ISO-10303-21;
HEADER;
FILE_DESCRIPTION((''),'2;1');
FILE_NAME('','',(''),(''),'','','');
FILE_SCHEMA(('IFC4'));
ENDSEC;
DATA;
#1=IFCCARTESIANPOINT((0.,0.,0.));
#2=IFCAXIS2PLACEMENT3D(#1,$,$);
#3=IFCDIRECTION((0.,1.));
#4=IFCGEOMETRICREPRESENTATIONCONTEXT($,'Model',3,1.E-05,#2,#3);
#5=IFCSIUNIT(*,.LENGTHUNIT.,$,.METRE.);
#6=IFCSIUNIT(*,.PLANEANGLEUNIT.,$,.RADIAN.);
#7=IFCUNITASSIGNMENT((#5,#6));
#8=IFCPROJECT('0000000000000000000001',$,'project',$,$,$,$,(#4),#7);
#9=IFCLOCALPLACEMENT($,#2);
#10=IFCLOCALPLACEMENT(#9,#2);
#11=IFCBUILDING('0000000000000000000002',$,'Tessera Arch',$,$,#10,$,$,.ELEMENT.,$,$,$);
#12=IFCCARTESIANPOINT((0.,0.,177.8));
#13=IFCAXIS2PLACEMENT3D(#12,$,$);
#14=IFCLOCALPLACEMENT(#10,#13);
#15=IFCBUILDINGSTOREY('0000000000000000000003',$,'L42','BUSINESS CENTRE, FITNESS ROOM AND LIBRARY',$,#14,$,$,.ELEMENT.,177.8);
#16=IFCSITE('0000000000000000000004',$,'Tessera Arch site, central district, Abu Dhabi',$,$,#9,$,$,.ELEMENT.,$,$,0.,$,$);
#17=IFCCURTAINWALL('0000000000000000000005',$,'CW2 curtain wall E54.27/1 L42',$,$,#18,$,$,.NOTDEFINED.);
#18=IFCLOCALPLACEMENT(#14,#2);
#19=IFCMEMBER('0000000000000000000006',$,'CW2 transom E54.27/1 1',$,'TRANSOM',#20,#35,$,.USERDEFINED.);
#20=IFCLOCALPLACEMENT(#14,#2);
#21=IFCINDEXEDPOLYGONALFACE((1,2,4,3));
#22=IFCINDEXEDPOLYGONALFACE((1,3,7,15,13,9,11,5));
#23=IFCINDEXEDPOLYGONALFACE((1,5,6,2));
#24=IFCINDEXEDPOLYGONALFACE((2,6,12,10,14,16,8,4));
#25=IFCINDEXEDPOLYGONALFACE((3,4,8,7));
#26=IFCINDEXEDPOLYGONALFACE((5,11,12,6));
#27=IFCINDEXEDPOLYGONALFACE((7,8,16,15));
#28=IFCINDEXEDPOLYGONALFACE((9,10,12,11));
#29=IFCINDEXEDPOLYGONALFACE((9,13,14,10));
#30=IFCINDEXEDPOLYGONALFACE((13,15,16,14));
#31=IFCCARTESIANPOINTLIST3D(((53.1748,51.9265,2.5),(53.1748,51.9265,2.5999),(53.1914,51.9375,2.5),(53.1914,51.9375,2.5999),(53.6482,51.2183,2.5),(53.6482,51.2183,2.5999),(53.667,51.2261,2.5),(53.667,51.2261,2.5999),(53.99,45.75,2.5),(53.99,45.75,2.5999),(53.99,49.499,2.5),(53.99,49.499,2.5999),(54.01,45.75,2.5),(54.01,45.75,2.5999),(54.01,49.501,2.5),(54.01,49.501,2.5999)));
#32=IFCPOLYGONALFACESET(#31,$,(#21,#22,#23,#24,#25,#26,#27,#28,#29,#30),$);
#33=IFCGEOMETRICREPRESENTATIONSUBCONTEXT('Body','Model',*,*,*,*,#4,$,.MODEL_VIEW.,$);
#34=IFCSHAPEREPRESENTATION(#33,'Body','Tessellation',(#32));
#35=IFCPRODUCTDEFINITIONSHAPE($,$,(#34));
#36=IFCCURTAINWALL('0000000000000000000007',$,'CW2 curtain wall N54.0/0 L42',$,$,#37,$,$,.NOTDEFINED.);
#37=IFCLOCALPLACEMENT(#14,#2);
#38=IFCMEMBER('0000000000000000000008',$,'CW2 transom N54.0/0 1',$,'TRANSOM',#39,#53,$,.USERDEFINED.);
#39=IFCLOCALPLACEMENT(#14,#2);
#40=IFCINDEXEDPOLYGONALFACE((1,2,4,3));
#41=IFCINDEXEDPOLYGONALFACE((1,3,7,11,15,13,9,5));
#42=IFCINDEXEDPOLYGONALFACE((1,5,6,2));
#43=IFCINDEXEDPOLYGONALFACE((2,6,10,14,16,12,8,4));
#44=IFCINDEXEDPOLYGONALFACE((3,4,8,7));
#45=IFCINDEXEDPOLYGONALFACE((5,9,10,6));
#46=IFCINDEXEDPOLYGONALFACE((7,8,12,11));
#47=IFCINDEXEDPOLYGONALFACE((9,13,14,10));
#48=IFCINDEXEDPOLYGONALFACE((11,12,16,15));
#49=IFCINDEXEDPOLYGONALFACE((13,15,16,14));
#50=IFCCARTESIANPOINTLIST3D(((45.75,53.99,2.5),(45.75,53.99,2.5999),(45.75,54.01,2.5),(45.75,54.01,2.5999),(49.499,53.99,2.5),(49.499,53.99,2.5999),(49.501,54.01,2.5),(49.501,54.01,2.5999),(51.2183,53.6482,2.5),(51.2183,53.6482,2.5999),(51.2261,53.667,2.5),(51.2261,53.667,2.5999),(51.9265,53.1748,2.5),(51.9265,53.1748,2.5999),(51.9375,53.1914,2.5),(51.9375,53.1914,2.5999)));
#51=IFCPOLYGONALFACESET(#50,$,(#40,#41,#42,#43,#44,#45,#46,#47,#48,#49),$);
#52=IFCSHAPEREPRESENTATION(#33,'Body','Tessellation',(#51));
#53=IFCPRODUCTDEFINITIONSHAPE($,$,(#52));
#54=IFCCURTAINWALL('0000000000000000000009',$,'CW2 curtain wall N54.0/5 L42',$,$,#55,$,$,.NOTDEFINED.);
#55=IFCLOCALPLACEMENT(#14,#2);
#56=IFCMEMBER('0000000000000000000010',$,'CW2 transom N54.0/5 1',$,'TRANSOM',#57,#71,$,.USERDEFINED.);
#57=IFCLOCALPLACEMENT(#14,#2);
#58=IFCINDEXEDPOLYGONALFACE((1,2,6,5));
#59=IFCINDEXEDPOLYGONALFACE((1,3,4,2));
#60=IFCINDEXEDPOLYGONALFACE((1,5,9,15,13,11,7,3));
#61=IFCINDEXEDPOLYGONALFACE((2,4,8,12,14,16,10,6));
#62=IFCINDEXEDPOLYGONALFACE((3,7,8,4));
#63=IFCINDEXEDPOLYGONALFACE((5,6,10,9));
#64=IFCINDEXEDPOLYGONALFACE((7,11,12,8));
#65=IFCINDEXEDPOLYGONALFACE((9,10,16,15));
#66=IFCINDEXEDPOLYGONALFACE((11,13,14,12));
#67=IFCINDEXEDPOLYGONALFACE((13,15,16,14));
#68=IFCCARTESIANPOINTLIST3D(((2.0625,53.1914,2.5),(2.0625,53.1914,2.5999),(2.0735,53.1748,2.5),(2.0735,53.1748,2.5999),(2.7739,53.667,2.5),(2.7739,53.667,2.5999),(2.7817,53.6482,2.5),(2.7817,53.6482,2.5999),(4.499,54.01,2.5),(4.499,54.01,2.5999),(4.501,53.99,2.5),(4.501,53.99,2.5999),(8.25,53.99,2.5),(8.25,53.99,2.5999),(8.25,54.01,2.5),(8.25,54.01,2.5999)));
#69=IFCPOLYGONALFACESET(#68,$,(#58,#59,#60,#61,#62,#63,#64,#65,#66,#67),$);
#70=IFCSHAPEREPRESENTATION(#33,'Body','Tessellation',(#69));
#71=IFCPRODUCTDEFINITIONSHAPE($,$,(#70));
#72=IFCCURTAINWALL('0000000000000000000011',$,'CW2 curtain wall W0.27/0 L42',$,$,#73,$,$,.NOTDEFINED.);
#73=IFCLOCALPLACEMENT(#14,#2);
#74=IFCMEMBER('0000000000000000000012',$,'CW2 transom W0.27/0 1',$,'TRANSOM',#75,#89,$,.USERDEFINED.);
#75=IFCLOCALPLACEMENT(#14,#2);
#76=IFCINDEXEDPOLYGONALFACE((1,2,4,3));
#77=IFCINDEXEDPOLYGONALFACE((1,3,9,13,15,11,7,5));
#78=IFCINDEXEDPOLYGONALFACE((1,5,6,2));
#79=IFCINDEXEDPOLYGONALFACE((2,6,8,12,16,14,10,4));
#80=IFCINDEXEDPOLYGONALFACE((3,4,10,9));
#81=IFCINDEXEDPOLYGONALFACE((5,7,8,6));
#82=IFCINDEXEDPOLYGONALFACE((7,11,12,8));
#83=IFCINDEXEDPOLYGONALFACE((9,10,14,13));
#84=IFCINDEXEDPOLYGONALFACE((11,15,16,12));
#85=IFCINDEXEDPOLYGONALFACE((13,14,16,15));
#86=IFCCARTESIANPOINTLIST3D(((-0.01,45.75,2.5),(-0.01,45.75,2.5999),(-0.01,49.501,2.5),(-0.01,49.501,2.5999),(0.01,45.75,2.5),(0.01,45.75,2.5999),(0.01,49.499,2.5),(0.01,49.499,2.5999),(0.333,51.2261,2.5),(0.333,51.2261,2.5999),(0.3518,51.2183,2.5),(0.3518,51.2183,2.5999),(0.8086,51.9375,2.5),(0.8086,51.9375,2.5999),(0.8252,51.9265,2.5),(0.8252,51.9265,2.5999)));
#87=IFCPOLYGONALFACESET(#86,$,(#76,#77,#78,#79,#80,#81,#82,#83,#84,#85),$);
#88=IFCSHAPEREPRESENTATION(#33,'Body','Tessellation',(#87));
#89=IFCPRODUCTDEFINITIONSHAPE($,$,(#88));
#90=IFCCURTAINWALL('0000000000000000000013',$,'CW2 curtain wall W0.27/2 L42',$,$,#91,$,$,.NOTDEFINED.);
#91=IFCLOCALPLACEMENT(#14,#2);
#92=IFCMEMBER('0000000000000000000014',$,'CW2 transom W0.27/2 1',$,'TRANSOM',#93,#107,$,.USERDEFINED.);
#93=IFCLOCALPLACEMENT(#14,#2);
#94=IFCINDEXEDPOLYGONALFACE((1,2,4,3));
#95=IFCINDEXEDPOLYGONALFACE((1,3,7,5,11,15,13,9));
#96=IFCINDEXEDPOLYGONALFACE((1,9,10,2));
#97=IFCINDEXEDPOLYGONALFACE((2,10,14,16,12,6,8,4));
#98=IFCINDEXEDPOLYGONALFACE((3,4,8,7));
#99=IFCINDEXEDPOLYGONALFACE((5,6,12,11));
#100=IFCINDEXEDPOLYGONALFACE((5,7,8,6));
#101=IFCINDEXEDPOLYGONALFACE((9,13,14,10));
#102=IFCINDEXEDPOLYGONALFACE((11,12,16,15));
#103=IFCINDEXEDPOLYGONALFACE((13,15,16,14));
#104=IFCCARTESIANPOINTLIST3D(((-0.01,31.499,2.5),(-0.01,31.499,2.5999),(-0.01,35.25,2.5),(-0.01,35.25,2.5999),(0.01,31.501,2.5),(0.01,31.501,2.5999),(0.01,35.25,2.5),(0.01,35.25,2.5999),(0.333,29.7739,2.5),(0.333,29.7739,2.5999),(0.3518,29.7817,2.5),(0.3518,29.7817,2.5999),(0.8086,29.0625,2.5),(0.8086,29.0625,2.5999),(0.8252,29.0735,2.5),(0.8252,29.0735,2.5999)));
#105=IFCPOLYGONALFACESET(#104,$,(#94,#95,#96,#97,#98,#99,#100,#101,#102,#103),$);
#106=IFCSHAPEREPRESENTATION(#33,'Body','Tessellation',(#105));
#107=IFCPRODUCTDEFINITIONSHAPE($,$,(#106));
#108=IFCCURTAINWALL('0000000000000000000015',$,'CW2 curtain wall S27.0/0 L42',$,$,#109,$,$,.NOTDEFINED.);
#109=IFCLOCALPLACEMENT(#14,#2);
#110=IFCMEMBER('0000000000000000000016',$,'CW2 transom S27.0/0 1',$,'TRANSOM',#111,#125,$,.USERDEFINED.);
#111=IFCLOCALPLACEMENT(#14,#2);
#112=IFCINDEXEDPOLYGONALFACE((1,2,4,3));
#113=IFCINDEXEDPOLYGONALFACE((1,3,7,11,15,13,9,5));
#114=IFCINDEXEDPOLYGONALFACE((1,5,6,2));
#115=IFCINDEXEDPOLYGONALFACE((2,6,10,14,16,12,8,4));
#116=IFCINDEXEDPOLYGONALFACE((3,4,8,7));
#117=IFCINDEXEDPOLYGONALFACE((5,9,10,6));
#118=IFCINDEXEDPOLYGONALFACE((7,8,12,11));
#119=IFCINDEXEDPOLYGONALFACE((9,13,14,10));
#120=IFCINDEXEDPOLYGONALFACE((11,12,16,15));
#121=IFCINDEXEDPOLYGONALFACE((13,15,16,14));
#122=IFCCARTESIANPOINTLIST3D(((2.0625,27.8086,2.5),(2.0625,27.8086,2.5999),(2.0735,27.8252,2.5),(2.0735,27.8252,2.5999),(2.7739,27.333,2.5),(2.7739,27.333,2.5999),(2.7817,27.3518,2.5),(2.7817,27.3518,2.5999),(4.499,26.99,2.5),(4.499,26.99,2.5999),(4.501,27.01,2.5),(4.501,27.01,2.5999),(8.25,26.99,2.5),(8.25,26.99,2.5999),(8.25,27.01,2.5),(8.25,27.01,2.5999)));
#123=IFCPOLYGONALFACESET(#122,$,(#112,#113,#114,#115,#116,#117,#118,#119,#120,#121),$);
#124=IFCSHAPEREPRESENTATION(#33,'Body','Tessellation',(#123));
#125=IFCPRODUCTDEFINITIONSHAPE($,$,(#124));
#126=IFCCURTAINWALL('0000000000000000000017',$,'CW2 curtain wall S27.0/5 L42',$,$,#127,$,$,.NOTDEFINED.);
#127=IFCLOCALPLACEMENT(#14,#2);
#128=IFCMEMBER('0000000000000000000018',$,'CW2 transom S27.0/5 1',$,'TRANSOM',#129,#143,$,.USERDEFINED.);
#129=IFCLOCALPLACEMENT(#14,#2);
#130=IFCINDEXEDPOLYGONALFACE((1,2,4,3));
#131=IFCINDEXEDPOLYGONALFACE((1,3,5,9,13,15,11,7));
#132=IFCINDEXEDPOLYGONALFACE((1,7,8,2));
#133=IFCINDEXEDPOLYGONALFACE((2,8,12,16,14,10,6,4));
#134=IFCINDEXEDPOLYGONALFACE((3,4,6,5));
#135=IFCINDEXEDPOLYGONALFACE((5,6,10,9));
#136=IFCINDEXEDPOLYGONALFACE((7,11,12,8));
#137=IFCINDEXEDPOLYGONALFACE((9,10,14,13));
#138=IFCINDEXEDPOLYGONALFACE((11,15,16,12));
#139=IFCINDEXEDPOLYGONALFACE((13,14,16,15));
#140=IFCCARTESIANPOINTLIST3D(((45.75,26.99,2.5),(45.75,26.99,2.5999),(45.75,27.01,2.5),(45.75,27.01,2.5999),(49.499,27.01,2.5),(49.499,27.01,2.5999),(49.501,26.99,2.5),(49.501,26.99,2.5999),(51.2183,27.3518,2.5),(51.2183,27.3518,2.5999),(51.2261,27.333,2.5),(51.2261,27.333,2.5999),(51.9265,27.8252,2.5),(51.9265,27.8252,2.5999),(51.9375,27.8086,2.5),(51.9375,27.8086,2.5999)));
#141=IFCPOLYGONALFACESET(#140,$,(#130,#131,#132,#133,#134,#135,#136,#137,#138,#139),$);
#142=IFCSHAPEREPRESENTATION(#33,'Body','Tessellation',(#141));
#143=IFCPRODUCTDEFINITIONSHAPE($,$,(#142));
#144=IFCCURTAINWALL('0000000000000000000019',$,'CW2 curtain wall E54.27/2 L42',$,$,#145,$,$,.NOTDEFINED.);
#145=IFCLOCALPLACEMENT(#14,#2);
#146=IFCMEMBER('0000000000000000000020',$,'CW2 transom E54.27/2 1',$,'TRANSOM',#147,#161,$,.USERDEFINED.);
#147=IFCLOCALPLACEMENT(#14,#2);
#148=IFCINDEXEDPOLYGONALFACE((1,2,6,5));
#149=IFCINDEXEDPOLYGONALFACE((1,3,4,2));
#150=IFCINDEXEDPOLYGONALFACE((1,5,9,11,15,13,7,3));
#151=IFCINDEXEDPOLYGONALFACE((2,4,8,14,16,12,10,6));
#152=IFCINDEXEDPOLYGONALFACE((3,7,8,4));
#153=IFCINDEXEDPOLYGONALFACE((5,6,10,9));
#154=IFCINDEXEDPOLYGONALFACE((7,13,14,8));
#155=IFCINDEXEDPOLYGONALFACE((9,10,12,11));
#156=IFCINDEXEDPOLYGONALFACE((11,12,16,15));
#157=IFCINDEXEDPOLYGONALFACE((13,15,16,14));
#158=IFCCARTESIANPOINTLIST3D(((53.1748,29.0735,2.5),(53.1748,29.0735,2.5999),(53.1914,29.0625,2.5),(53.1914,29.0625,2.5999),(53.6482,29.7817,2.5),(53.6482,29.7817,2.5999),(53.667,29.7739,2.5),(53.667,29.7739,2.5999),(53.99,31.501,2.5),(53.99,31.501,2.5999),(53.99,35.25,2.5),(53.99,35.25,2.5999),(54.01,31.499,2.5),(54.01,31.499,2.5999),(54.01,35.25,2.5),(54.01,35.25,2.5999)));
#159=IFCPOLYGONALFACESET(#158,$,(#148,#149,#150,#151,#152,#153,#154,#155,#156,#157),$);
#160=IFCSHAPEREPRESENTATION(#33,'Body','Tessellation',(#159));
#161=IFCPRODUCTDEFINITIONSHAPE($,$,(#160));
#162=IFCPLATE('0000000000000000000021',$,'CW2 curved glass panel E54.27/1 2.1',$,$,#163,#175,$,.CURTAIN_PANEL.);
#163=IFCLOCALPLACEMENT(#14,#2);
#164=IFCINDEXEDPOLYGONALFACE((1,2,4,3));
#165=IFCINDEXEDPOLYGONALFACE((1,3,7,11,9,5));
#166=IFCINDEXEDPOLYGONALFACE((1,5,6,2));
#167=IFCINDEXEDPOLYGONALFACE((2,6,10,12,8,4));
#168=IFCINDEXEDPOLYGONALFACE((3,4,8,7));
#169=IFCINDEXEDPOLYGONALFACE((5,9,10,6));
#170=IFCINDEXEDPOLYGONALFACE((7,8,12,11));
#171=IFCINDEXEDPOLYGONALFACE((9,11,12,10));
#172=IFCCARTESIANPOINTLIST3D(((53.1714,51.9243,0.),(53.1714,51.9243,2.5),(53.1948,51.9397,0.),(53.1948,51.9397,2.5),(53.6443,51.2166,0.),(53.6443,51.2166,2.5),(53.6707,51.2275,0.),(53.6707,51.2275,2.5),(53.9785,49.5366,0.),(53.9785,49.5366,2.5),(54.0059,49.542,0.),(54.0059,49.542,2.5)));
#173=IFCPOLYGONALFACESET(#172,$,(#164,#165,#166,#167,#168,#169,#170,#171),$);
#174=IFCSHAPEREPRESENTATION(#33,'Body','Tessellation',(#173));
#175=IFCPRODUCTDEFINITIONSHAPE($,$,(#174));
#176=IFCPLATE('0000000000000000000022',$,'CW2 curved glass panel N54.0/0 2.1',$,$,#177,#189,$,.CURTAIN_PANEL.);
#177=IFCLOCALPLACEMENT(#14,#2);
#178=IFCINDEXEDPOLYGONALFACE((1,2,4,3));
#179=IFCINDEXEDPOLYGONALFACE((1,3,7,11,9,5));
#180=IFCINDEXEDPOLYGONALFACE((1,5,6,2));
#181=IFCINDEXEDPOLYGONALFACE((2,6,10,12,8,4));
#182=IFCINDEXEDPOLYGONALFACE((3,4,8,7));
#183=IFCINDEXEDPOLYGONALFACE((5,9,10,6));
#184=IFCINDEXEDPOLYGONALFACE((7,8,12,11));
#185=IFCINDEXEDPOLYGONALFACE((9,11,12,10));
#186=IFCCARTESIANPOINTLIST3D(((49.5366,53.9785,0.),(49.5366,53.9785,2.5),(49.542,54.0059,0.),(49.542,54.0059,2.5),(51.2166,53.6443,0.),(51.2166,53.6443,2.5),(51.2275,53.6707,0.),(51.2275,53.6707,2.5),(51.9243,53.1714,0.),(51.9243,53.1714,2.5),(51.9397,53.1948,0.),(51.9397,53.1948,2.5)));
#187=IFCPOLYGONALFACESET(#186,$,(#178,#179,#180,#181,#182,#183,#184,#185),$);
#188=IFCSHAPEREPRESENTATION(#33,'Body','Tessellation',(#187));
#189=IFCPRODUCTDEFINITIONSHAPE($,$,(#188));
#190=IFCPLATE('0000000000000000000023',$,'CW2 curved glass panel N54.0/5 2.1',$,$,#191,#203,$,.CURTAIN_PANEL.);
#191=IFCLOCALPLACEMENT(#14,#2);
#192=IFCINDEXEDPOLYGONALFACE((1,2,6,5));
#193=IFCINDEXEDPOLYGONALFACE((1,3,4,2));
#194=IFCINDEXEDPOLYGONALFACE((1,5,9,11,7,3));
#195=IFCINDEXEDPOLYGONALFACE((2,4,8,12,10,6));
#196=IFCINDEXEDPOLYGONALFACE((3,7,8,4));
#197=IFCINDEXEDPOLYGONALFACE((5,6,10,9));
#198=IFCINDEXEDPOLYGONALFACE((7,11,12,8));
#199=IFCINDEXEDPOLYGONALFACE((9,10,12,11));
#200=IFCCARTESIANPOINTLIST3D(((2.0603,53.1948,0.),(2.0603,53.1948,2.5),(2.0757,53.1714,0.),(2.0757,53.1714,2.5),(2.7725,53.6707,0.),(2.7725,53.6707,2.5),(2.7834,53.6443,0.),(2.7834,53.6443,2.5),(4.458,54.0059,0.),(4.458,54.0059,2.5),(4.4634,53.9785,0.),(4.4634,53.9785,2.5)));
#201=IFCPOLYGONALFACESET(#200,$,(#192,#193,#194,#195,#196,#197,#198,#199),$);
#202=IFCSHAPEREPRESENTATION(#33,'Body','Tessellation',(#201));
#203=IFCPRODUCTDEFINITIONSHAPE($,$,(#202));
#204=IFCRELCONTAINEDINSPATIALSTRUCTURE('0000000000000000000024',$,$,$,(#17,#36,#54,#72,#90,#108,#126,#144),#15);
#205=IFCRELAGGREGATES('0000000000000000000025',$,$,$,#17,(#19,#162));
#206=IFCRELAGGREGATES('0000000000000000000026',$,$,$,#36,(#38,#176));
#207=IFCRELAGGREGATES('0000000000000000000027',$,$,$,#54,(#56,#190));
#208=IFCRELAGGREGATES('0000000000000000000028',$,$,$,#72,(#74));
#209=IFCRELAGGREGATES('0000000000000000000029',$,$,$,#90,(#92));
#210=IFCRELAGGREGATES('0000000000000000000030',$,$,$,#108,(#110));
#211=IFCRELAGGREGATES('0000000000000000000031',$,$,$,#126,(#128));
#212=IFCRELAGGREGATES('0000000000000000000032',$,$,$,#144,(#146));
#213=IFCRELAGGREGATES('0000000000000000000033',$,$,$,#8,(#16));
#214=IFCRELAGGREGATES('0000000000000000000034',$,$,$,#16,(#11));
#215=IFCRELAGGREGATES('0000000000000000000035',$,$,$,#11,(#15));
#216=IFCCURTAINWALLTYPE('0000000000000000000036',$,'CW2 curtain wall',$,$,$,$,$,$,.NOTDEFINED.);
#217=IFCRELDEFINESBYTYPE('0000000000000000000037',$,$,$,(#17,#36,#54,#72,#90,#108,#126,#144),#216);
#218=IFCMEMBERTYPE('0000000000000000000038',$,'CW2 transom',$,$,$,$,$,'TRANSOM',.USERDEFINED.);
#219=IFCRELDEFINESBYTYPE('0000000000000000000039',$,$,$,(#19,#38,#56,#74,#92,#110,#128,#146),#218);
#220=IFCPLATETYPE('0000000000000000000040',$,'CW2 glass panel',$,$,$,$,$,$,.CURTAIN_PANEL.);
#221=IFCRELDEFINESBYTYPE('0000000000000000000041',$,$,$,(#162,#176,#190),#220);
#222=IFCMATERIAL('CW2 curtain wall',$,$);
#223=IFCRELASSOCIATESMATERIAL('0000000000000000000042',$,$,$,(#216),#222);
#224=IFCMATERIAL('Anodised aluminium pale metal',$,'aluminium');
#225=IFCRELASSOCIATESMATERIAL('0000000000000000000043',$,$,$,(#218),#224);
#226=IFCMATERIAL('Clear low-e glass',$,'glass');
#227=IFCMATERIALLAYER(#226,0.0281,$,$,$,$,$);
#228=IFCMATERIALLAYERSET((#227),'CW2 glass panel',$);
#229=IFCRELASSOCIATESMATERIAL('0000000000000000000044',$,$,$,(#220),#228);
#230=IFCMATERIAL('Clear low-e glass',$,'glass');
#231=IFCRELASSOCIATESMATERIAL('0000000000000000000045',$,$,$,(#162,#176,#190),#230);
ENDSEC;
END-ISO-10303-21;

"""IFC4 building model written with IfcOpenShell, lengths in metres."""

from ifc_helpers import new_model, si_unit, direction, frame, origin, origin_2d, place, context, subcontext, project, spatial, polyline, rectangle, outline, extrude, material, layer, layer_set, material_profile, profile_set, type_object, element, aggregate, save


model = new_model("IFC4")

# Units and contexts
model_context = context("Model", 3, precision=1e-05, world=origin(), true_north=direction((0.0, 1.0)))
body_context = subcontext(model_context, "Body", "Model", "MODEL_VIEW")
ifc_project = project(units=[si_unit("LENGTHUNIT", "METRE"), si_unit("PLANEANGLEUNIT", "RADIAN")], contexts=[model_context])

# Site, building, storey
site_placement = place(None, origin())
site = spatial("IfcSite", under=ifc_project, at=site_placement, Name="Tessera Arch site, central district, Abu Dhabi", CompositionType="ELEMENT", RefElevation=0.0)
building_placement = place(site_placement, origin())
building = spatial("IfcBuilding", under=site, at=building_placement, Name="Tessera Arch", CompositionType="ELEMENT")
storey_placement = place(building_placement, frame((0.0, 0.0, 177.8)))
storey = spatial("IfcBuildingStorey", under=building, at=storey_placement, Name="L42", Description="BUSINESS CENTRE, FITNESS ROOM AND LIBRARY", CompositionType="ELEMENT", Elevation=177.8)

# Curtain walls, members
ifc_material_1 = material(Name="CW2 curtain wall")
curtain_wall_type = type_object("IfcCurtainWallType", Name="CW2 curtain wall", PredefinedType="NOTDEFINED", material=ifc_material_1)
curtain_wall_1_placement = place(storey_placement, origin())
curtain_wall_1 = element("IfcCurtainWall", 1, at=curtain_wall_1_placement, inside=storey, type_object=curtain_wall_type, Name="CW2 curtain wall E54.27/1 L42", PredefinedType="NOTDEFINED")
ifc_material_2 = material(Name="Anodised aluminium pale metal", Category="aluminium")
ifc_material_profile = material_profile(ifc_material_2, rectangle(XDim=0.2, YDim=0.1001, at=origin_2d()), Name="AL 200x100")
ifc_profile_set = profile_set([ifc_material_profile], Name="Anodised aluminium pale metal")
member_type = type_object("IfcMemberType", Name="CW2 transom", ElementType="TRANSOM", PredefinedType="USERDEFINED", material=ifc_profile_set)
member_1_placement = place(storey_placement, frame((0.0, 0.0, 2.5)))
member_1 = element("IfcMember", 2, at=member_1_placement, type_object=member_type, Name="CW2 transom E54.27/1 1", ObjectType="TRANSOM", PredefinedType="USERDEFINED", context=body_context, shape_type="SweptSolid", body=[
    extrude(outline(polyline([(53.99, 49.499), (53.99, 45.75), (54.01, 45.75), (54.01, 49.501), (53.667, 51.2261), (53.1914, 51.9375), (53.1748, 51.9265), (53.6482, 51.2183), (53.99, 49.499)])), origin(), (0.0, 0.0, 1.0), 0.0999),
])
curtain_wall_2_placement = place(storey_placement, origin())
curtain_wall_2 = element("IfcCurtainWall", 3, at=curtain_wall_2_placement, inside=storey, type_object=curtain_wall_type, Name="CW2 curtain wall N54.0/0 L42", PredefinedType="NOTDEFINED")
member_2_placement = place(storey_placement, frame((0.0, 0.0, 2.5)))
member_2 = element("IfcMember", 4, at=member_2_placement, type_object=member_type, Name="CW2 transom N54.0/0 1", ObjectType="TRANSOM", PredefinedType="USERDEFINED", context=body_context, shape_type="SweptSolid", body=[
    extrude(outline(polyline([(51.2183, 53.6482), (51.9265, 53.1748), (51.9375, 53.1914), (51.2261, 53.667), (49.501, 54.01), (45.75, 54.01), (45.75, 53.99), (49.499, 53.99), (51.2183, 53.6482)])), origin(), (0.0, 0.0, 1.0), 0.0999),
])
curtain_wall_3_placement = place(storey_placement, origin())
curtain_wall_3 = element("IfcCurtainWall", 5, at=curtain_wall_3_placement, inside=storey, type_object=curtain_wall_type, Name="CW2 curtain wall N54.0/5 L42", PredefinedType="NOTDEFINED")
member_3_placement = place(storey_placement, frame((0.0, 0.0, 2.5)))
member_3 = element("IfcMember", 6, at=member_3_placement, type_object=member_type, Name="CW2 transom N54.0/5 1", ObjectType="TRANSOM", PredefinedType="USERDEFINED", context=body_context, shape_type="SweptSolid", body=[
    extrude(outline(polyline([(4.501, 53.99), (8.25, 53.99), (8.25, 54.01), (4.499, 54.01), (2.7739, 53.667), (2.0625, 53.1914), (2.0735, 53.1748), (2.7817, 53.6482), (4.501, 53.99)])), origin(), (0.0, 0.0, 1.0), 0.0999),
])
curtain_wall_4_placement = place(storey_placement, origin())
curtain_wall_4 = element("IfcCurtainWall", 7, at=curtain_wall_4_placement, inside=storey, type_object=curtain_wall_type, Name="CW2 curtain wall W0.27/0 L42", PredefinedType="NOTDEFINED")
member_4_placement = place(storey_placement, frame((0.0, 0.0, 2.5)))
member_4 = element("IfcMember", 8, at=member_4_placement, type_object=member_type, Name="CW2 transom W0.27/0 1", ObjectType="TRANSOM", PredefinedType="USERDEFINED", context=body_context, shape_type="SweptSolid", body=[
    extrude(outline(polyline([(0.3518, 51.2183), (0.8252, 51.9265), (0.8086, 51.9375), (0.333, 51.2261), (-0.01, 49.501), (-0.01, 45.75), (0.01, 45.75), (0.01, 49.499), (0.3518, 51.2183)])), origin(), (0.0, 0.0, 1.0), 0.0999),
])
curtain_wall_5_placement = place(storey_placement, origin())
curtain_wall_5 = element("IfcCurtainWall", 9, at=curtain_wall_5_placement, inside=storey, type_object=curtain_wall_type, Name="CW2 curtain wall W0.27/2 L42", PredefinedType="NOTDEFINED")
member_5_placement = place(storey_placement, frame((0.0, 0.0, 2.5)))
member_5 = element("IfcMember", 10, at=member_5_placement, type_object=member_type, Name="CW2 transom W0.27/2 1", ObjectType="TRANSOM", PredefinedType="USERDEFINED", context=body_context, shape_type="SweptSolid", body=[
    extrude(outline(polyline([(0.01, 31.501), (0.01, 35.25), (-0.01, 35.25), (-0.01, 31.499), (0.333, 29.7739), (0.8086, 29.0625), (0.8252, 29.0735), (0.3518, 29.7817), (0.01, 31.501)])), origin(), (0.0, 0.0, 1.0), 0.0999),
])
curtain_wall_6_placement = place(storey_placement, origin())
curtain_wall_6 = element("IfcCurtainWall", 11, at=curtain_wall_6_placement, inside=storey, type_object=curtain_wall_type, Name="CW2 curtain wall S27.0/0 L42", PredefinedType="NOTDEFINED")
member_6_placement = place(storey_placement, frame((0.0, 0.0, 2.5)))
member_6 = element("IfcMember", 12, at=member_6_placement, type_object=member_type, Name="CW2 transom S27.0/0 1", ObjectType="TRANSOM", PredefinedType="USERDEFINED", context=body_context, shape_type="SweptSolid", body=[
    extrude(outline(polyline([(2.7817, 27.3518), (2.0735, 27.8252), (2.0625, 27.8086), (2.7739, 27.333), (4.499, 26.99), (8.25, 26.99), (8.25, 27.01), (4.501, 27.01), (2.7817, 27.3518)])), origin(), (0.0, 0.0, 1.0), 0.0999),
])
curtain_wall_7_placement = place(storey_placement, origin())
curtain_wall_7 = element("IfcCurtainWall", 13, at=curtain_wall_7_placement, inside=storey, type_object=curtain_wall_type, Name="CW2 curtain wall S27.0/5 L42", PredefinedType="NOTDEFINED")
member_7_placement = place(storey_placement, frame((0.0, 0.0, 2.5)))
member_7 = element("IfcMember", 14, at=member_7_placement, type_object=member_type, Name="CW2 transom S27.0/5 1", ObjectType="TRANSOM", PredefinedType="USERDEFINED", context=body_context, shape_type="SweptSolid", body=[
    extrude(outline(polyline([(49.499, 27.01), (45.75, 27.01), (45.75, 26.99), (49.501, 26.99), (51.2261, 27.333), (51.9375, 27.8086), (51.9265, 27.8252), (51.2183, 27.3518), (49.499, 27.01)])), origin(), (0.0, 0.0, 1.0), 0.0999),
])
curtain_wall_8_placement = place(storey_placement, origin())
curtain_wall_8 = element("IfcCurtainWall", 15, at=curtain_wall_8_placement, inside=storey, type_object=curtain_wall_type, Name="CW2 curtain wall E54.27/2 L42", PredefinedType="NOTDEFINED")
member_8_placement = place(storey_placement, frame((0.0, 0.0, 2.5)))
member_8 = element("IfcMember", 16, at=member_8_placement, type_object=member_type, Name="CW2 transom E54.27/2 1", ObjectType="TRANSOM", PredefinedType="USERDEFINED", context=body_context, shape_type="SweptSolid", body=[
    extrude(outline(polyline([(53.6482, 29.7817), (53.1748, 29.0735), (53.1914, 29.0625), (53.667, 29.7739), (54.01, 31.499), (54.01, 35.25), (53.99, 35.25), (53.99, 31.501), (53.6482, 29.7817)])), origin(), (0.0, 0.0, 1.0), 0.0999),
])

# Plates
ifc_material_3 = material(Name="Clear low-e glass", Category="glass")
ifc_material_4 = material(Name="Clear low-e glass", Category="glass")
ifc_layer_1 = layer(ifc_material_4, 0.0281)
ifc_layer_set_1 = layer_set([ifc_layer_1], Name="CW2 glass panel")
plate_type_1 = type_object("IfcPlateType", Name="CW2 glass panel", PredefinedType="CURTAIN_PANEL", material=ifc_layer_set_1)
plate_1_placement = place(storey_placement, origin())
plate_1 = element("IfcPlate", 17, at=plate_1_placement, type_object=plate_type_1, material=ifc_material_3, Name="CW2 curved glass panel E54.27/1 2.1", PredefinedType="CURTAIN_PANEL", context=body_context, shape_type="SweptSolid", body=[
    extrude(outline(polyline([(53.6443, 51.2166), (53.9785, 49.5366), (54.0059, 49.542), (53.6707, 51.2275), (53.1948, 51.9397), (53.1714, 51.9243), (53.6443, 51.2166)])), origin(), (0.0, 0.0, 1.0), 2.5),
])
plate_2_placement = place(storey_placement, origin())
plate_2 = element("IfcPlate", 18, at=plate_2_placement, type_object=plate_type_1, material=ifc_material_3, Name="CW2 curved glass panel N54.0/0 2.1", PredefinedType="CURTAIN_PANEL", context=body_context, shape_type="SweptSolid", body=[
    extrude(outline(polyline([(51.2166, 53.6443), (51.9243, 53.1714), (51.9397, 53.1948), (51.2275, 53.6707), (49.542, 54.0059), (49.5366, 53.9785), (51.2166, 53.6443)])), origin(), (0.0, 0.0, 1.0), 2.5),
])
plate_3_placement = place(storey_placement, origin())
plate_3 = element("IfcPlate", 19, at=plate_3_placement, type_object=plate_type_1, material=ifc_material_3, Name="CW2 curved glass panel N54.0/5 2.1", PredefinedType="CURTAIN_PANEL", context=body_context, shape_type="SweptSolid", body=[
    extrude(outline(polyline([(2.7834, 53.6443), (4.4634, 53.9785), (4.458, 54.0059), (2.7725, 53.6707), (2.0603, 53.1948), (2.0757, 53.1714), (2.7834, 53.6443)])), origin(), (0.0, 0.0, 1.0), 2.5),
])
aggregate(curtain_wall_1, [member_1, plate_1])
aggregate(curtain_wall_2, [member_2, plate_2])
aggregate(curtain_wall_3, [member_3, plate_3])
aggregate(curtain_wall_4, [member_4])
aggregate(curtain_wall_5, [member_5])
aggregate(curtain_wall_6, [member_6])
aggregate(curtain_wall_7, [member_7])
aggregate(curtain_wall_8, [member_8])

save(model, "model.ifc")
